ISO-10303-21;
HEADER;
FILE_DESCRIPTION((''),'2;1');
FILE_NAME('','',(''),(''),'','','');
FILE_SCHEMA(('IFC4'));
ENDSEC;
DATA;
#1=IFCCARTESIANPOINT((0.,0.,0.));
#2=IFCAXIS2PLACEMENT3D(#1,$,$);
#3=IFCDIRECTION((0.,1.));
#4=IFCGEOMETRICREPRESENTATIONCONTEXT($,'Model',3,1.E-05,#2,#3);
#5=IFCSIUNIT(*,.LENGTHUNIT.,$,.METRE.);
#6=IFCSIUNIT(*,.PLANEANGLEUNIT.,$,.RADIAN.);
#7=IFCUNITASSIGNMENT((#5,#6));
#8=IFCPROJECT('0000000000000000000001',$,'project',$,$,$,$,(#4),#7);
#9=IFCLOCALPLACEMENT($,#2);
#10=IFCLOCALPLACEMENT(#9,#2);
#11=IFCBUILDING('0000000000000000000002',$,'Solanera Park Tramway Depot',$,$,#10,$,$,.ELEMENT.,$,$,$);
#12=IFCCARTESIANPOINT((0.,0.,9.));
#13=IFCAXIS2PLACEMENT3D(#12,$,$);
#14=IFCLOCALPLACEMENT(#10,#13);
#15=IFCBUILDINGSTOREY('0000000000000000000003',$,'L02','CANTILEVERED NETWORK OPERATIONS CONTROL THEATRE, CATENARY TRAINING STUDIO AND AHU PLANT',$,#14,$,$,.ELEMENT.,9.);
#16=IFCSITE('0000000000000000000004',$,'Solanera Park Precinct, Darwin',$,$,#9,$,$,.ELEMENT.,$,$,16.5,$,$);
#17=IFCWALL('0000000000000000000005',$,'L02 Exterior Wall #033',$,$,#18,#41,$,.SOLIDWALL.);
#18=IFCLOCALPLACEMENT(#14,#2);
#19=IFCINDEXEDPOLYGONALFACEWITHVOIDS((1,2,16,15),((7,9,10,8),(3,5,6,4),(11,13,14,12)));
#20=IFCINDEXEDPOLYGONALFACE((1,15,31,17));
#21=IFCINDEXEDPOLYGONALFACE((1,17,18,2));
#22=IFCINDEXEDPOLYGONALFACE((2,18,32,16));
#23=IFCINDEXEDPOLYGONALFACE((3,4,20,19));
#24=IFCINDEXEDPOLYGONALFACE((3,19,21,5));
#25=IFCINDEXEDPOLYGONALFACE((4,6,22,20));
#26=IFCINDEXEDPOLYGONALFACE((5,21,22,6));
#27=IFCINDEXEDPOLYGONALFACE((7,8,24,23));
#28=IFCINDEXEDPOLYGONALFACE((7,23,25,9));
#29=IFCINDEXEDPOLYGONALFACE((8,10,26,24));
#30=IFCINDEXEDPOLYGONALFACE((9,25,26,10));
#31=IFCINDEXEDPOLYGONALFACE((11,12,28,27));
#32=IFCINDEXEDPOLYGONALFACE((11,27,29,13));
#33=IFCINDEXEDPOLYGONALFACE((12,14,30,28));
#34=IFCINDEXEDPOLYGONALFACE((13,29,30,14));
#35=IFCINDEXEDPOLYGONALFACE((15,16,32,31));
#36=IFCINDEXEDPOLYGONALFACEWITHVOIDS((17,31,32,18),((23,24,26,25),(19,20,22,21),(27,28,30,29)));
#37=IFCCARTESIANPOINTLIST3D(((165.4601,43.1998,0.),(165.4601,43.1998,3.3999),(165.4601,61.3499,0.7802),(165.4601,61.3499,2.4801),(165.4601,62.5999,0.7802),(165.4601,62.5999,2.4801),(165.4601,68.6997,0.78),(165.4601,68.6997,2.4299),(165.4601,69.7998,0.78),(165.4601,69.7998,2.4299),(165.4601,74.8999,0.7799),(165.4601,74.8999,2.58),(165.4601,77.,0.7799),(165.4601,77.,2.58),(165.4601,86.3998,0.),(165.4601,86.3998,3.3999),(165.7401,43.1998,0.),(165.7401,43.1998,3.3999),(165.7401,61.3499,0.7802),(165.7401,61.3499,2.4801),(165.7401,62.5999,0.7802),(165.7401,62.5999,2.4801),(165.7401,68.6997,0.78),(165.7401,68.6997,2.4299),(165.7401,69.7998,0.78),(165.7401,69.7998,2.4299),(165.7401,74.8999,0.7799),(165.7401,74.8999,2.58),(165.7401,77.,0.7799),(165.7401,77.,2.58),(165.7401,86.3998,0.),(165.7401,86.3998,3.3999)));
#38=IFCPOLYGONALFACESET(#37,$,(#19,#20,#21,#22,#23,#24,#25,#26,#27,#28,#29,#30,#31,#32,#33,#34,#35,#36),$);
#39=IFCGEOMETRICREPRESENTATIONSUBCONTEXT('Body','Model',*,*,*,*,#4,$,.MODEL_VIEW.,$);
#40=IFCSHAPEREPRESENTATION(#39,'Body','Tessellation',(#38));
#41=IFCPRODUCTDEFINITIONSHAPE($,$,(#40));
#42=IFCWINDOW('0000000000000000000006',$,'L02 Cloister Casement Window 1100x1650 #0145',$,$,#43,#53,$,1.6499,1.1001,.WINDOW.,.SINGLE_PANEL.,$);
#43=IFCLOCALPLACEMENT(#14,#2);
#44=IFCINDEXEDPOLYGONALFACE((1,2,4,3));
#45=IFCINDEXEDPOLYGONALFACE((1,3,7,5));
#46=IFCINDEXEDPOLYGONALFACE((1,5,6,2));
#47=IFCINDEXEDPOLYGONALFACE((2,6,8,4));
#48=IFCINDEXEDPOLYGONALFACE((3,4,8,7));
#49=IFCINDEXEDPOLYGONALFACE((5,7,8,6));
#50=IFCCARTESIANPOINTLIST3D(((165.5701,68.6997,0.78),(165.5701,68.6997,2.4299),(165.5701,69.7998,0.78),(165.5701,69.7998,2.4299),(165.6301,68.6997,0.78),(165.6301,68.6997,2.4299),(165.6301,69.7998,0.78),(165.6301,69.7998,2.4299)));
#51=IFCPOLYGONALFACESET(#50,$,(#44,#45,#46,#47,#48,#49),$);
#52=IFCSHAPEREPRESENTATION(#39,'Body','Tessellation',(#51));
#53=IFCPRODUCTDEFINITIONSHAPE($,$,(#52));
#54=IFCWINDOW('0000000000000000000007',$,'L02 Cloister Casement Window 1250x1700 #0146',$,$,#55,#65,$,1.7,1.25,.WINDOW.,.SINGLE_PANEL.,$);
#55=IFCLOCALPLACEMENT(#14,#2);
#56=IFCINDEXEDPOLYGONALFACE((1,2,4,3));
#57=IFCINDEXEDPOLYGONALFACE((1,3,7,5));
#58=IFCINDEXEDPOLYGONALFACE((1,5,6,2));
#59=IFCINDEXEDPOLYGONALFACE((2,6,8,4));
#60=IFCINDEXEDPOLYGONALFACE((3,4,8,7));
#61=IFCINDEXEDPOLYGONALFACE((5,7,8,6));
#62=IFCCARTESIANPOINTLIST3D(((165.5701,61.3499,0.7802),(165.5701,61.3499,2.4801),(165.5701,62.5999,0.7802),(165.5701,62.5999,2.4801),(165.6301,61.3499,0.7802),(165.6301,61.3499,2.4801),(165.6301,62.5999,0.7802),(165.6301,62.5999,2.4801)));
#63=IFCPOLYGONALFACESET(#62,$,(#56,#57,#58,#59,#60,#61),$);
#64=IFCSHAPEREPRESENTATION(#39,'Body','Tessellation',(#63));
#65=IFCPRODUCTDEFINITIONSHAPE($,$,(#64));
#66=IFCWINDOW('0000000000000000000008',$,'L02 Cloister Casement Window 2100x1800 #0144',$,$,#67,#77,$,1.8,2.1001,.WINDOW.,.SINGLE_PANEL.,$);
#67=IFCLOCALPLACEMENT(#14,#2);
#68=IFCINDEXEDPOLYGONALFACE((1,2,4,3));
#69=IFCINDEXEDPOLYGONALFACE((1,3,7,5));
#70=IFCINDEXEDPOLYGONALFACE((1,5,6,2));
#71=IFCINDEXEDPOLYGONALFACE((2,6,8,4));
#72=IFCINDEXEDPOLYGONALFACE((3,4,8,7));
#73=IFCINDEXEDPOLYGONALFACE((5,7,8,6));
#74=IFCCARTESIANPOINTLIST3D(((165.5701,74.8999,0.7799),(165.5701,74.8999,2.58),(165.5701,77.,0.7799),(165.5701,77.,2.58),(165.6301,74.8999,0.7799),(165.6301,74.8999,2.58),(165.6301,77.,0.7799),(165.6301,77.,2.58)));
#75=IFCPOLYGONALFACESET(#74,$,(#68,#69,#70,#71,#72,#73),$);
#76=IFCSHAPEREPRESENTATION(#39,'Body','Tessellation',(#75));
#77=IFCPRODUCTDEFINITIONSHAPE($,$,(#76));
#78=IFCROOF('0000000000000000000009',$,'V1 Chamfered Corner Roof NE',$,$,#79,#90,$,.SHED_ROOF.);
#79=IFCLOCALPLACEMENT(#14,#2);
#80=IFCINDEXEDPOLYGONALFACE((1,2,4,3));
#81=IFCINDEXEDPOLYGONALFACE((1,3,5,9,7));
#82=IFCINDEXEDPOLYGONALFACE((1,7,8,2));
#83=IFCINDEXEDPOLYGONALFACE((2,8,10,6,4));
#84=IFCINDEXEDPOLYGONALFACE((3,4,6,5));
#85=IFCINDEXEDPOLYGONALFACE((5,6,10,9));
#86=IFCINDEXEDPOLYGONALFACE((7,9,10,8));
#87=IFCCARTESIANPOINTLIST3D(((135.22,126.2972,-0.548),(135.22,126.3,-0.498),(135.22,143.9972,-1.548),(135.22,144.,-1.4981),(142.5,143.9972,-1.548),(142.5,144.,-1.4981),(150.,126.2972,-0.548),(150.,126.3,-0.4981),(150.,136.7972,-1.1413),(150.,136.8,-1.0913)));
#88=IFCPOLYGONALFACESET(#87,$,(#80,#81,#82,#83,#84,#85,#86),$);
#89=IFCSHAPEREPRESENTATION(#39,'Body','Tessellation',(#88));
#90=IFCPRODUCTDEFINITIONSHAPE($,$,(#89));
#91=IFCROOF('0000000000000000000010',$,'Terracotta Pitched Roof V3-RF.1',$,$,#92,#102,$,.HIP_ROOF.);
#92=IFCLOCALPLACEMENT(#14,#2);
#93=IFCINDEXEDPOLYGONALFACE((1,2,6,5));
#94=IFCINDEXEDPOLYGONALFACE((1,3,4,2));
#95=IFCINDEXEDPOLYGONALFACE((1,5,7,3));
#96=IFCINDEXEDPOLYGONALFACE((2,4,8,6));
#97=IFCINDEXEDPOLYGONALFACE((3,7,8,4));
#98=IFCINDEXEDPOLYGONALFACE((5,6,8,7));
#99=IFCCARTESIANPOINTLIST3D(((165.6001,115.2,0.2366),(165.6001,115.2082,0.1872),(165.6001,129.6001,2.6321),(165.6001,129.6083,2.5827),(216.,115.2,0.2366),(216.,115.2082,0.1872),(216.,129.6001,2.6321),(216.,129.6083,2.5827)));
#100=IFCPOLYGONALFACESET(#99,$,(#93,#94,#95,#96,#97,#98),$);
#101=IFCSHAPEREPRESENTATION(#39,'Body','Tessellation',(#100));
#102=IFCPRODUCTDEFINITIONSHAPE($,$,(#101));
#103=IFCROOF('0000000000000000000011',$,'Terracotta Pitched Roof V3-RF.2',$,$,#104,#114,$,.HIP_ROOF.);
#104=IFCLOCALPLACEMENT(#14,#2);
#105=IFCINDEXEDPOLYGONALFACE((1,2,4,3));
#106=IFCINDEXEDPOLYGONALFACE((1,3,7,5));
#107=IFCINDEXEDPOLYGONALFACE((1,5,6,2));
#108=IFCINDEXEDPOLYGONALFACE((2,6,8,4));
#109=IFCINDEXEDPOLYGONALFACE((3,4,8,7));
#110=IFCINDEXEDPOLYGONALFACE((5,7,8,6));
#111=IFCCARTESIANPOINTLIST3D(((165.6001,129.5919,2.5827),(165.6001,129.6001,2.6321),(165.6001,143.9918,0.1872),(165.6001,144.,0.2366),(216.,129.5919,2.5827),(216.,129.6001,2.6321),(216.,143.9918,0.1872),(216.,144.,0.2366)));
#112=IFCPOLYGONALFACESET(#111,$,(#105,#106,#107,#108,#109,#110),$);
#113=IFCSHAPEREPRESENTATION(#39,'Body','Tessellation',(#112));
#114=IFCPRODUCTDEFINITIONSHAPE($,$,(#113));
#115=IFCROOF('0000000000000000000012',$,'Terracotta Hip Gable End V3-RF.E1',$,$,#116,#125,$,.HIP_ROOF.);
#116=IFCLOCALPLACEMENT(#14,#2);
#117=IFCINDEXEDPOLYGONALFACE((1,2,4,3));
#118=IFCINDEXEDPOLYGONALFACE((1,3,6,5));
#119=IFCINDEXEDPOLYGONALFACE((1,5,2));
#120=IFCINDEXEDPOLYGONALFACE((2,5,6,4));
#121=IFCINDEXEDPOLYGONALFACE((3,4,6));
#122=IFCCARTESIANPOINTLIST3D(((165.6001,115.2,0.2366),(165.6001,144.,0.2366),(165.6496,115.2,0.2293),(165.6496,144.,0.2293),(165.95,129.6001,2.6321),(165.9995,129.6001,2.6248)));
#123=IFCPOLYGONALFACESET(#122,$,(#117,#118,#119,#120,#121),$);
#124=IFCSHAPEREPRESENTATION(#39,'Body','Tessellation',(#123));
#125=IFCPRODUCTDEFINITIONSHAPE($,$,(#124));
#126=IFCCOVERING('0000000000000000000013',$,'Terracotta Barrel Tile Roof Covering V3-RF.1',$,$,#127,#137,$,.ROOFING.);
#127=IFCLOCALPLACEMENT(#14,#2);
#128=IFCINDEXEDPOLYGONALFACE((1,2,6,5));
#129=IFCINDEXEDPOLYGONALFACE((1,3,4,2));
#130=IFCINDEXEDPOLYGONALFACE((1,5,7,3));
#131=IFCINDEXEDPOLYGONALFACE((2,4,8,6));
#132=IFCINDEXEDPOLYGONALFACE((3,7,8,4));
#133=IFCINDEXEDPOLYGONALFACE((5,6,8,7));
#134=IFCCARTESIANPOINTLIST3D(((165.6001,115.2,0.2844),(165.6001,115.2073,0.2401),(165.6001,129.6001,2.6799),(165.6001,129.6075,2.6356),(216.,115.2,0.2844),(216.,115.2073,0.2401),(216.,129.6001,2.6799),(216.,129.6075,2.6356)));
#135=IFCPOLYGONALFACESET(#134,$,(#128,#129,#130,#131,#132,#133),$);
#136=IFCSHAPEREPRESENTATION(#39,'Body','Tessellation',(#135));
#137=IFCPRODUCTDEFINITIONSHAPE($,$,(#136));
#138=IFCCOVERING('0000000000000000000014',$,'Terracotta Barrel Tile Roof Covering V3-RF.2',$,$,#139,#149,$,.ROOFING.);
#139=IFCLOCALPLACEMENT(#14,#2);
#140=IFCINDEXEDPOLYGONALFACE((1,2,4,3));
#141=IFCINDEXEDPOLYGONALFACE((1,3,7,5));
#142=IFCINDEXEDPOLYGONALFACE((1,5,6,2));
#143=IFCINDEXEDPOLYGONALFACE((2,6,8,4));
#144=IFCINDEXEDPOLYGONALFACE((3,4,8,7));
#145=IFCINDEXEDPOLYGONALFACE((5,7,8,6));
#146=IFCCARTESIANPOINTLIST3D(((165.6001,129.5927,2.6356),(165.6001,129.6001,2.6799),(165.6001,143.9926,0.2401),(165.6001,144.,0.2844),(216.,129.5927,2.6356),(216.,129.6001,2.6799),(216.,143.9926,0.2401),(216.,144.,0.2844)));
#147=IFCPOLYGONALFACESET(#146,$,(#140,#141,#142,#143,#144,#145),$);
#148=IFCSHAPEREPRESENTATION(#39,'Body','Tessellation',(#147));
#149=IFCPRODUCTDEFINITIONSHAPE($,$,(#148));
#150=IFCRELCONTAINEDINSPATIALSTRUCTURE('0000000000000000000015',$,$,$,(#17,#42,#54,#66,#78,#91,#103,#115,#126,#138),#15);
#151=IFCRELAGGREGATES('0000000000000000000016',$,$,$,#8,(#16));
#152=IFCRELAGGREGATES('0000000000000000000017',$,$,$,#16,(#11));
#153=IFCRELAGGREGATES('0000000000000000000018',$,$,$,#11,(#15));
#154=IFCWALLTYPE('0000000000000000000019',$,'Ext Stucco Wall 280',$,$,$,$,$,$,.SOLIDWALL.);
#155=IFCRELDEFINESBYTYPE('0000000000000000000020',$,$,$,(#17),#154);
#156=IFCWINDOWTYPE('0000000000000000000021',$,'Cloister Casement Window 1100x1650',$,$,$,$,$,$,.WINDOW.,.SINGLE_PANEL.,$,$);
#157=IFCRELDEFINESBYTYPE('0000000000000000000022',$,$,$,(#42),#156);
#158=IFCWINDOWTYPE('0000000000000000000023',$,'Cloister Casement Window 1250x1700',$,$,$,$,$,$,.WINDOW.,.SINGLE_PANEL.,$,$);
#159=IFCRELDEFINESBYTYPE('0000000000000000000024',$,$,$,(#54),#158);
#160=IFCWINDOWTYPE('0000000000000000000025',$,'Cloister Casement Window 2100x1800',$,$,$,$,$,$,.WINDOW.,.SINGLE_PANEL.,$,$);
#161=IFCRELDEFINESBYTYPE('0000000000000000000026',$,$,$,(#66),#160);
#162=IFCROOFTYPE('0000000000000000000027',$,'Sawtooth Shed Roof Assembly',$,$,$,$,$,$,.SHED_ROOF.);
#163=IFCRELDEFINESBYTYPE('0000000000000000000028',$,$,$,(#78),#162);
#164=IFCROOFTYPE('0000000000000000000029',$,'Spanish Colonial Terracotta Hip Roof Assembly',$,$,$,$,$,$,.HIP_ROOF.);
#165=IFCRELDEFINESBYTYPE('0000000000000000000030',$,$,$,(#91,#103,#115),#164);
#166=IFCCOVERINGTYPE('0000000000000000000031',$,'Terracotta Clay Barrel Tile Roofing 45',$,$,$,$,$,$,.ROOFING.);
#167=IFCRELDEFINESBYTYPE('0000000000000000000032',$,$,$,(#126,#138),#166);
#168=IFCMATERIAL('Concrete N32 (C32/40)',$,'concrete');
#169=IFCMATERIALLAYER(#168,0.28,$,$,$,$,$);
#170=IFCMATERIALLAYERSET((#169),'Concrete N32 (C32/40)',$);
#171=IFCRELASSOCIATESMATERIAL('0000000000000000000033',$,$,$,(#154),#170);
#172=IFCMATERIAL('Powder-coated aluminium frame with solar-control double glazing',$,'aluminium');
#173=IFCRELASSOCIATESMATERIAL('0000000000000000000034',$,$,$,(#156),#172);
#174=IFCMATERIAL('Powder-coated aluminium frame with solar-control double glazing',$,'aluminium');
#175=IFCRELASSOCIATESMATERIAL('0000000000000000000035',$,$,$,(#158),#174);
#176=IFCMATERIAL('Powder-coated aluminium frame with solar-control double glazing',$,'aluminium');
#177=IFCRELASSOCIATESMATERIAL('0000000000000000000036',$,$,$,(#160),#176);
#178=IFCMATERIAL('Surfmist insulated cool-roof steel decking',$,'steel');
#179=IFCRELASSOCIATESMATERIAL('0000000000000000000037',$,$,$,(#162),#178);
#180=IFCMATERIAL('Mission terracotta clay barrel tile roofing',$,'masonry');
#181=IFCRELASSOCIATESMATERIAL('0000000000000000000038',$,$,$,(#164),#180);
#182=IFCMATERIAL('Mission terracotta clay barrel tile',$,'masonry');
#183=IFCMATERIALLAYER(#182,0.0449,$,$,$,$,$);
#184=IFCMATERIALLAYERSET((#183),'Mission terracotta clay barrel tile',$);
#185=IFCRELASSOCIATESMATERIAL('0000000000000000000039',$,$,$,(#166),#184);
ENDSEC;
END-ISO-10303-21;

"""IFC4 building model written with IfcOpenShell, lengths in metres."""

from ifc_helpers import new_model, si_unit, direction, frame, frame_2d, origin, place, context, subcontext, project, spatial, polyline, rectangle, outline, extrude, material, layer, layer_set, type_object, element, fill, save


model = new_model("IFC4")

# Units and contexts
model_context = context("Model", 3, precision=1e-05, world=origin(), true_north=direction((0.0, 1.0)))
body_context = subcontext(model_context, "Body", "Model", "MODEL_VIEW")
ifc_project = project(units=[si_unit("LENGTHUNIT", "METRE"), si_unit("PLANEANGLEUNIT", "RADIAN")], contexts=[model_context])

# Site, building, storey
site_placement = place(None, origin())
site = spatial("IfcSite", under=ifc_project, at=site_placement, Name="Solanera Park Precinct, Darwin", CompositionType="ELEMENT", RefElevation=16.5)
building_placement = place(site_placement, origin())
building = spatial("IfcBuilding", under=site, at=building_placement, Name="Solanera Park Tramway Depot", CompositionType="ELEMENT")
storey_placement = place(building_placement, frame((0.0, 0.0, 9.0)))
storey = spatial("IfcBuildingStorey", under=building, at=storey_placement, Name="L02", Description="CANTILEVERED NETWORK OPERATIONS CONTROL THEATRE, CATENARY TRAINING STUDIO AND AHU PLANT", CompositionType="ELEMENT", Elevation=9.0)

# Wall, openings, windows
ifc_material_1 = material(Name="Concrete N32 (C32/40)", Category="concrete")
ifc_layer_1 = layer(ifc_material_1, 0.28)
ifc_layer_set_1 = layer_set([ifc_layer_1], Name="Concrete N32 (C32/40)")
wall_type = type_object("IfcWallType", Name="Ext Stucco Wall 280", PredefinedType="SOLIDWALL", material=ifc_layer_set_1)
wall_placement = place(storey_placement, frame((165.6001, 86.3999, 0.0), z_axis=(0.0, 0.0, 1.0), x_axis=(0.0, -1.0, 0.0)))
wall = element("IfcWall", 1, at=wall_placement, inside=storey, type_object=wall_type, Name="L02 Exterior Wall #033", PredefinedType="SOLIDWALL", context=body_context, shape_type="SweptSolid", body=[
    extrude(rectangle(XDim=43.2, YDim=0.28, at=frame_2d((21.6001, 0.0))), origin(), (0.0, 0.0, 1.0), 3.3999),
])
opening_1_placement = place(wall_placement, frame((9.3999, 0.0, 0.78)))
opening_1 = element("IfcOpeningElement", 2, at=opening_1_placement, cuts=wall, PredefinedType="OPENING", context=body_context, shape_type="SweptSolid", body=[
    extrude(rectangle(XDim=2.1001, YDim=1.8, at=frame_2d((1.05, 0.8999))), frame((0.0, 0.1499, 0.0), z_axis=(0.0, -1.0, 0.0), x_axis=(1.0, 0.0, 0.0)), (0.0, 0.0, 1.0), 0.3),
])
opening_2_placement = place(wall_placement, frame((16.6001, 0.0, 0.78)))
opening_2 = element("IfcOpeningElement", 3, at=opening_2_placement, cuts=wall, PredefinedType="OPENING", context=body_context, shape_type="SweptSolid", body=[
    extrude(rectangle(XDim=1.1001, YDim=1.6499, at=frame_2d((0.55, 0.825))), frame((0.0, 0.1499, 0.0), z_axis=(0.0, -1.0, 0.0), x_axis=(1.0, 0.0, 0.0)), (0.0, 0.0, 1.0), 0.3),
])
opening_3_placement = place(wall_placement, frame((23.8, 0.0, 0.78)))
opening_3 = element("IfcOpeningElement", 4, at=opening_3_placement, cuts=wall, PredefinedType="OPENING", context=body_context, shape_type="SweptSolid", body=[
    extrude(rectangle(XDim=1.25, YDim=1.7, at=frame_2d((0.625, 0.8501))), frame((0.0, 0.1499, 0.0), z_axis=(0.0, -1.0, 0.0), x_axis=(1.0, 0.0, 0.0)), (0.0, 0.0, 1.0), 0.3),
])
ifc_material_2 = material(Name="Powder-coated aluminium frame with solar-control double glazing", Category="aluminium")
window_type_1 = type_object("IfcWindowType", Name="Cloister Casement Window 1100x1650", PartitioningType="SINGLE_PANEL", PredefinedType="WINDOW", material=ifc_material_2)
window_1_placement = place(opening_2_placement, origin())
window_1 = element("IfcWindow", 5, at=window_1_placement, inside=storey, type_object=window_type_1, Name="L02 Cloister Casement Window 1100x1650 #0145", OverallHeight=1.6499, OverallWidth=1.1001, PartitioningType="SINGLE_PANEL", PredefinedType="WINDOW", context=body_context, shape_type="SweptSolid", body=[
    extrude(rectangle(XDim=1.1001, YDim=1.6499, at=frame_2d((0.55, 0.825))), frame((0.0, 0.03, 0.0), z_axis=(0.0, -1.0, 0.0), x_axis=(1.0, 0.0, 0.0)), (0.0, 0.0, 1.0), 0.0601),
])
fill(opening_2, window_1)
ifc_material_3 = material(Name="Powder-coated aluminium frame with solar-control double glazing", Category="aluminium")
window_type_2 = type_object("IfcWindowType", Name="Cloister Casement Window 1250x1700", PartitioningType="SINGLE_PANEL", PredefinedType="WINDOW", material=ifc_material_3)
window_2_placement = place(opening_3_placement, origin())
window_2 = element("IfcWindow", 6, at=window_2_placement, inside=storey, type_object=window_type_2, Name="L02 Cloister Casement Window 1250x1700 #0146", OverallHeight=1.7, OverallWidth=1.25, PartitioningType="SINGLE_PANEL", PredefinedType="WINDOW", context=body_context, shape_type="SweptSolid", body=[
    extrude(rectangle(XDim=1.25, YDim=1.7, at=frame_2d((0.625, 0.8501))), frame((0.0, 0.03, 0.0), z_axis=(0.0, -1.0, 0.0), x_axis=(1.0, 0.0, 0.0)), (0.0, 0.0, 1.0), 0.0601),
])
fill(opening_3, window_2)
ifc_material_4 = material(Name="Powder-coated aluminium frame with solar-control double glazing", Category="aluminium")
window_type_3 = type_object("IfcWindowType", Name="Cloister Casement Window 2100x1800", PartitioningType="SINGLE_PANEL", PredefinedType="WINDOW", material=ifc_material_4)
window_3_placement = place(opening_1_placement, origin())
window_3 = element("IfcWindow", 7, at=window_3_placement, inside=storey, type_object=window_type_3, Name="L02 Cloister Casement Window 2100x1800 #0144", OverallHeight=1.8, OverallWidth=2.1001, PartitioningType="SINGLE_PANEL", PredefinedType="WINDOW", context=body_context, shape_type="SweptSolid", body=[
    extrude(rectangle(XDim=2.1001, YDim=1.8, at=frame_2d((1.05, 0.8999))), frame((0.0, 0.03, 0.0), z_axis=(0.0, -1.0, 0.0), x_axis=(1.0, 0.0, 0.0)), (0.0, 0.0, 1.0), 0.0601),
])
fill(opening_1, window_3)

# Roofs
ifc_material_5 = material(Name="Surfmist insulated cool-roof steel decking", Category="steel")
roof_type_1 = type_object("IfcRoofType", Name="Sawtooth Shed Roof Assembly", PredefinedType="SHED_ROOF", material=ifc_material_5)
roof_1_placement = place(storey_placement, frame((135.22, 126.3, -0.498), z_axis=(0.000001, 0.056408, 0.998408), x_axis=(1.0, 0.0, -0.000001)))
element("IfcRoof", 8, at=roof_1_placement, inside=storey, type_object=roof_type_1, Name="V1 Chamfered Corner Roof NE", PredefinedType="SHED_ROOF", context=body_context, shape_type="SweptSolid", body=[
    extrude(outline(polyline([(0.0, 0.0), (14.78, 0.0), (14.78, 10.5167), (7.28, 17.7282), (0.0, 17.7282), (0.0, 0.0)])), origin(), (0.0, 0.0, -1.0), 0.05),
])
ifc_material_6 = material(Name="Mission terracotta clay barrel tile roofing", Category="masonry")
roof_type_2 = type_object("IfcRoofType", Name="Spanish Colonial Terracotta Hip Roof Assembly", PredefinedType="HIP_ROOF", material=ifc_material_6)
roof_2_placement = place(storey_placement, frame((165.6001, 115.2, 0.2366), z_axis=(0.0, -0.164098, 0.986444), x_axis=(1.0, 0.0, 0.0)))
element("IfcRoof", 9, at=roof_2_placement, inside=storey, type_object=roof_type_2, Name="Terracotta Pitched Roof V3-RF.1", PredefinedType="HIP_ROOF", context=body_context, shape_type="SweptSolid", body=[
    extrude(outline(polyline([(0.0, 0.0), (50.3999, 0.0), (50.3999, 14.598), (0.0, 14.598), (0.0, 0.0)])), origin(), (0.0, 0.0, -1.0), 0.05),
])
roof_3_placement = place(storey_placement, frame((165.6001, 129.6001, 2.6321), z_axis=(0.0, 0.164101, 0.986444), x_axis=(1.0, 0.0, 0.0)))
element("IfcRoof", 10, at=roof_3_placement, inside=storey, type_object=roof_type_2, Name="Terracotta Pitched Roof V3-RF.2", PredefinedType="HIP_ROOF", context=body_context, shape_type="SweptSolid", body=[
    extrude(outline(polyline([(0.0, 0.0), (50.3999, 0.0), (50.3999, 14.5978), (0.0, 14.5978), (0.0, 0.0)])), origin(), (0.0, 0.0, -1.0), 0.05),
])
roof_4_placement = place(storey_placement, frame((165.6001, 144.0, 0.2366), z_axis=(-0.989503, 0.0, 0.144513), x_axis=(0.0, -1.0, 0.0)))
element("IfcRoof", 11, at=roof_4_placement, inside=storey, type_object=roof_type_2, Name="Terracotta Hip Gable End V3-RF.E1", PredefinedType="HIP_ROOF", context=body_context, shape_type="SweptSolid", body=[
    extrude(outline(polyline([(0.0, 0.0), (28.8, 0.0), (14.3999, 2.4209), (0.0, 0.0)])), origin(), (0.0, 0.0, -1.0), 0.05),
])

# Coverings
ifc_material_7 = material(Name="Mission terracotta clay barrel tile", Category="masonry")
ifc_layer_2 = layer(ifc_material_7, 0.0449)
ifc_layer_set_2 = layer_set([ifc_layer_2], Name="Mission terracotta clay barrel tile")
covering_type = type_object("IfcCoveringType", Name="Terracotta Clay Barrel Tile Roofing 45", PredefinedType="ROOFING", material=ifc_layer_set_2)
covering_1_placement = place(storey_placement, frame((165.6001, 115.2, 0.2844), z_axis=(0.0, -0.164098, 0.986444), x_axis=(1.0, 0.0, 0.0)))
element("IfcCovering", 12, at=covering_1_placement, inside=storey, type_object=covering_type, Name="Terracotta Barrel Tile Roof Covering V3-RF.1", PredefinedType="ROOFING", context=body_context, shape_type="SweptSolid", body=[
    extrude(outline(polyline([(0.0, 0.0), (50.3999, 0.0), (50.3999, 14.598), (0.0, 14.598), (0.0, 0.0)])), origin(), (0.0, 0.0, -1.0), 0.0449),
])
covering_2_placement = place(storey_placement, frame((165.6001, 129.6001, 2.6799), z_axis=(0.0, 0.164101, 0.986444), x_axis=(1.0, 0.0, 0.0)))
element("IfcCovering", 13, at=covering_2_placement, inside=storey, type_object=covering_type, Name="Terracotta Barrel Tile Roof Covering V3-RF.2", PredefinedType="ROOFING", context=body_context, shape_type="SweptSolid", body=[
    extrude(outline(polyline([(0.0, 0.0), (50.3999, 0.0), (50.3999, 14.5978), (0.0, 14.5978), (0.0, 0.0)])), origin(), (0.0, 0.0, -1.0), 0.0449),
])

save(model, "model.ifc")
